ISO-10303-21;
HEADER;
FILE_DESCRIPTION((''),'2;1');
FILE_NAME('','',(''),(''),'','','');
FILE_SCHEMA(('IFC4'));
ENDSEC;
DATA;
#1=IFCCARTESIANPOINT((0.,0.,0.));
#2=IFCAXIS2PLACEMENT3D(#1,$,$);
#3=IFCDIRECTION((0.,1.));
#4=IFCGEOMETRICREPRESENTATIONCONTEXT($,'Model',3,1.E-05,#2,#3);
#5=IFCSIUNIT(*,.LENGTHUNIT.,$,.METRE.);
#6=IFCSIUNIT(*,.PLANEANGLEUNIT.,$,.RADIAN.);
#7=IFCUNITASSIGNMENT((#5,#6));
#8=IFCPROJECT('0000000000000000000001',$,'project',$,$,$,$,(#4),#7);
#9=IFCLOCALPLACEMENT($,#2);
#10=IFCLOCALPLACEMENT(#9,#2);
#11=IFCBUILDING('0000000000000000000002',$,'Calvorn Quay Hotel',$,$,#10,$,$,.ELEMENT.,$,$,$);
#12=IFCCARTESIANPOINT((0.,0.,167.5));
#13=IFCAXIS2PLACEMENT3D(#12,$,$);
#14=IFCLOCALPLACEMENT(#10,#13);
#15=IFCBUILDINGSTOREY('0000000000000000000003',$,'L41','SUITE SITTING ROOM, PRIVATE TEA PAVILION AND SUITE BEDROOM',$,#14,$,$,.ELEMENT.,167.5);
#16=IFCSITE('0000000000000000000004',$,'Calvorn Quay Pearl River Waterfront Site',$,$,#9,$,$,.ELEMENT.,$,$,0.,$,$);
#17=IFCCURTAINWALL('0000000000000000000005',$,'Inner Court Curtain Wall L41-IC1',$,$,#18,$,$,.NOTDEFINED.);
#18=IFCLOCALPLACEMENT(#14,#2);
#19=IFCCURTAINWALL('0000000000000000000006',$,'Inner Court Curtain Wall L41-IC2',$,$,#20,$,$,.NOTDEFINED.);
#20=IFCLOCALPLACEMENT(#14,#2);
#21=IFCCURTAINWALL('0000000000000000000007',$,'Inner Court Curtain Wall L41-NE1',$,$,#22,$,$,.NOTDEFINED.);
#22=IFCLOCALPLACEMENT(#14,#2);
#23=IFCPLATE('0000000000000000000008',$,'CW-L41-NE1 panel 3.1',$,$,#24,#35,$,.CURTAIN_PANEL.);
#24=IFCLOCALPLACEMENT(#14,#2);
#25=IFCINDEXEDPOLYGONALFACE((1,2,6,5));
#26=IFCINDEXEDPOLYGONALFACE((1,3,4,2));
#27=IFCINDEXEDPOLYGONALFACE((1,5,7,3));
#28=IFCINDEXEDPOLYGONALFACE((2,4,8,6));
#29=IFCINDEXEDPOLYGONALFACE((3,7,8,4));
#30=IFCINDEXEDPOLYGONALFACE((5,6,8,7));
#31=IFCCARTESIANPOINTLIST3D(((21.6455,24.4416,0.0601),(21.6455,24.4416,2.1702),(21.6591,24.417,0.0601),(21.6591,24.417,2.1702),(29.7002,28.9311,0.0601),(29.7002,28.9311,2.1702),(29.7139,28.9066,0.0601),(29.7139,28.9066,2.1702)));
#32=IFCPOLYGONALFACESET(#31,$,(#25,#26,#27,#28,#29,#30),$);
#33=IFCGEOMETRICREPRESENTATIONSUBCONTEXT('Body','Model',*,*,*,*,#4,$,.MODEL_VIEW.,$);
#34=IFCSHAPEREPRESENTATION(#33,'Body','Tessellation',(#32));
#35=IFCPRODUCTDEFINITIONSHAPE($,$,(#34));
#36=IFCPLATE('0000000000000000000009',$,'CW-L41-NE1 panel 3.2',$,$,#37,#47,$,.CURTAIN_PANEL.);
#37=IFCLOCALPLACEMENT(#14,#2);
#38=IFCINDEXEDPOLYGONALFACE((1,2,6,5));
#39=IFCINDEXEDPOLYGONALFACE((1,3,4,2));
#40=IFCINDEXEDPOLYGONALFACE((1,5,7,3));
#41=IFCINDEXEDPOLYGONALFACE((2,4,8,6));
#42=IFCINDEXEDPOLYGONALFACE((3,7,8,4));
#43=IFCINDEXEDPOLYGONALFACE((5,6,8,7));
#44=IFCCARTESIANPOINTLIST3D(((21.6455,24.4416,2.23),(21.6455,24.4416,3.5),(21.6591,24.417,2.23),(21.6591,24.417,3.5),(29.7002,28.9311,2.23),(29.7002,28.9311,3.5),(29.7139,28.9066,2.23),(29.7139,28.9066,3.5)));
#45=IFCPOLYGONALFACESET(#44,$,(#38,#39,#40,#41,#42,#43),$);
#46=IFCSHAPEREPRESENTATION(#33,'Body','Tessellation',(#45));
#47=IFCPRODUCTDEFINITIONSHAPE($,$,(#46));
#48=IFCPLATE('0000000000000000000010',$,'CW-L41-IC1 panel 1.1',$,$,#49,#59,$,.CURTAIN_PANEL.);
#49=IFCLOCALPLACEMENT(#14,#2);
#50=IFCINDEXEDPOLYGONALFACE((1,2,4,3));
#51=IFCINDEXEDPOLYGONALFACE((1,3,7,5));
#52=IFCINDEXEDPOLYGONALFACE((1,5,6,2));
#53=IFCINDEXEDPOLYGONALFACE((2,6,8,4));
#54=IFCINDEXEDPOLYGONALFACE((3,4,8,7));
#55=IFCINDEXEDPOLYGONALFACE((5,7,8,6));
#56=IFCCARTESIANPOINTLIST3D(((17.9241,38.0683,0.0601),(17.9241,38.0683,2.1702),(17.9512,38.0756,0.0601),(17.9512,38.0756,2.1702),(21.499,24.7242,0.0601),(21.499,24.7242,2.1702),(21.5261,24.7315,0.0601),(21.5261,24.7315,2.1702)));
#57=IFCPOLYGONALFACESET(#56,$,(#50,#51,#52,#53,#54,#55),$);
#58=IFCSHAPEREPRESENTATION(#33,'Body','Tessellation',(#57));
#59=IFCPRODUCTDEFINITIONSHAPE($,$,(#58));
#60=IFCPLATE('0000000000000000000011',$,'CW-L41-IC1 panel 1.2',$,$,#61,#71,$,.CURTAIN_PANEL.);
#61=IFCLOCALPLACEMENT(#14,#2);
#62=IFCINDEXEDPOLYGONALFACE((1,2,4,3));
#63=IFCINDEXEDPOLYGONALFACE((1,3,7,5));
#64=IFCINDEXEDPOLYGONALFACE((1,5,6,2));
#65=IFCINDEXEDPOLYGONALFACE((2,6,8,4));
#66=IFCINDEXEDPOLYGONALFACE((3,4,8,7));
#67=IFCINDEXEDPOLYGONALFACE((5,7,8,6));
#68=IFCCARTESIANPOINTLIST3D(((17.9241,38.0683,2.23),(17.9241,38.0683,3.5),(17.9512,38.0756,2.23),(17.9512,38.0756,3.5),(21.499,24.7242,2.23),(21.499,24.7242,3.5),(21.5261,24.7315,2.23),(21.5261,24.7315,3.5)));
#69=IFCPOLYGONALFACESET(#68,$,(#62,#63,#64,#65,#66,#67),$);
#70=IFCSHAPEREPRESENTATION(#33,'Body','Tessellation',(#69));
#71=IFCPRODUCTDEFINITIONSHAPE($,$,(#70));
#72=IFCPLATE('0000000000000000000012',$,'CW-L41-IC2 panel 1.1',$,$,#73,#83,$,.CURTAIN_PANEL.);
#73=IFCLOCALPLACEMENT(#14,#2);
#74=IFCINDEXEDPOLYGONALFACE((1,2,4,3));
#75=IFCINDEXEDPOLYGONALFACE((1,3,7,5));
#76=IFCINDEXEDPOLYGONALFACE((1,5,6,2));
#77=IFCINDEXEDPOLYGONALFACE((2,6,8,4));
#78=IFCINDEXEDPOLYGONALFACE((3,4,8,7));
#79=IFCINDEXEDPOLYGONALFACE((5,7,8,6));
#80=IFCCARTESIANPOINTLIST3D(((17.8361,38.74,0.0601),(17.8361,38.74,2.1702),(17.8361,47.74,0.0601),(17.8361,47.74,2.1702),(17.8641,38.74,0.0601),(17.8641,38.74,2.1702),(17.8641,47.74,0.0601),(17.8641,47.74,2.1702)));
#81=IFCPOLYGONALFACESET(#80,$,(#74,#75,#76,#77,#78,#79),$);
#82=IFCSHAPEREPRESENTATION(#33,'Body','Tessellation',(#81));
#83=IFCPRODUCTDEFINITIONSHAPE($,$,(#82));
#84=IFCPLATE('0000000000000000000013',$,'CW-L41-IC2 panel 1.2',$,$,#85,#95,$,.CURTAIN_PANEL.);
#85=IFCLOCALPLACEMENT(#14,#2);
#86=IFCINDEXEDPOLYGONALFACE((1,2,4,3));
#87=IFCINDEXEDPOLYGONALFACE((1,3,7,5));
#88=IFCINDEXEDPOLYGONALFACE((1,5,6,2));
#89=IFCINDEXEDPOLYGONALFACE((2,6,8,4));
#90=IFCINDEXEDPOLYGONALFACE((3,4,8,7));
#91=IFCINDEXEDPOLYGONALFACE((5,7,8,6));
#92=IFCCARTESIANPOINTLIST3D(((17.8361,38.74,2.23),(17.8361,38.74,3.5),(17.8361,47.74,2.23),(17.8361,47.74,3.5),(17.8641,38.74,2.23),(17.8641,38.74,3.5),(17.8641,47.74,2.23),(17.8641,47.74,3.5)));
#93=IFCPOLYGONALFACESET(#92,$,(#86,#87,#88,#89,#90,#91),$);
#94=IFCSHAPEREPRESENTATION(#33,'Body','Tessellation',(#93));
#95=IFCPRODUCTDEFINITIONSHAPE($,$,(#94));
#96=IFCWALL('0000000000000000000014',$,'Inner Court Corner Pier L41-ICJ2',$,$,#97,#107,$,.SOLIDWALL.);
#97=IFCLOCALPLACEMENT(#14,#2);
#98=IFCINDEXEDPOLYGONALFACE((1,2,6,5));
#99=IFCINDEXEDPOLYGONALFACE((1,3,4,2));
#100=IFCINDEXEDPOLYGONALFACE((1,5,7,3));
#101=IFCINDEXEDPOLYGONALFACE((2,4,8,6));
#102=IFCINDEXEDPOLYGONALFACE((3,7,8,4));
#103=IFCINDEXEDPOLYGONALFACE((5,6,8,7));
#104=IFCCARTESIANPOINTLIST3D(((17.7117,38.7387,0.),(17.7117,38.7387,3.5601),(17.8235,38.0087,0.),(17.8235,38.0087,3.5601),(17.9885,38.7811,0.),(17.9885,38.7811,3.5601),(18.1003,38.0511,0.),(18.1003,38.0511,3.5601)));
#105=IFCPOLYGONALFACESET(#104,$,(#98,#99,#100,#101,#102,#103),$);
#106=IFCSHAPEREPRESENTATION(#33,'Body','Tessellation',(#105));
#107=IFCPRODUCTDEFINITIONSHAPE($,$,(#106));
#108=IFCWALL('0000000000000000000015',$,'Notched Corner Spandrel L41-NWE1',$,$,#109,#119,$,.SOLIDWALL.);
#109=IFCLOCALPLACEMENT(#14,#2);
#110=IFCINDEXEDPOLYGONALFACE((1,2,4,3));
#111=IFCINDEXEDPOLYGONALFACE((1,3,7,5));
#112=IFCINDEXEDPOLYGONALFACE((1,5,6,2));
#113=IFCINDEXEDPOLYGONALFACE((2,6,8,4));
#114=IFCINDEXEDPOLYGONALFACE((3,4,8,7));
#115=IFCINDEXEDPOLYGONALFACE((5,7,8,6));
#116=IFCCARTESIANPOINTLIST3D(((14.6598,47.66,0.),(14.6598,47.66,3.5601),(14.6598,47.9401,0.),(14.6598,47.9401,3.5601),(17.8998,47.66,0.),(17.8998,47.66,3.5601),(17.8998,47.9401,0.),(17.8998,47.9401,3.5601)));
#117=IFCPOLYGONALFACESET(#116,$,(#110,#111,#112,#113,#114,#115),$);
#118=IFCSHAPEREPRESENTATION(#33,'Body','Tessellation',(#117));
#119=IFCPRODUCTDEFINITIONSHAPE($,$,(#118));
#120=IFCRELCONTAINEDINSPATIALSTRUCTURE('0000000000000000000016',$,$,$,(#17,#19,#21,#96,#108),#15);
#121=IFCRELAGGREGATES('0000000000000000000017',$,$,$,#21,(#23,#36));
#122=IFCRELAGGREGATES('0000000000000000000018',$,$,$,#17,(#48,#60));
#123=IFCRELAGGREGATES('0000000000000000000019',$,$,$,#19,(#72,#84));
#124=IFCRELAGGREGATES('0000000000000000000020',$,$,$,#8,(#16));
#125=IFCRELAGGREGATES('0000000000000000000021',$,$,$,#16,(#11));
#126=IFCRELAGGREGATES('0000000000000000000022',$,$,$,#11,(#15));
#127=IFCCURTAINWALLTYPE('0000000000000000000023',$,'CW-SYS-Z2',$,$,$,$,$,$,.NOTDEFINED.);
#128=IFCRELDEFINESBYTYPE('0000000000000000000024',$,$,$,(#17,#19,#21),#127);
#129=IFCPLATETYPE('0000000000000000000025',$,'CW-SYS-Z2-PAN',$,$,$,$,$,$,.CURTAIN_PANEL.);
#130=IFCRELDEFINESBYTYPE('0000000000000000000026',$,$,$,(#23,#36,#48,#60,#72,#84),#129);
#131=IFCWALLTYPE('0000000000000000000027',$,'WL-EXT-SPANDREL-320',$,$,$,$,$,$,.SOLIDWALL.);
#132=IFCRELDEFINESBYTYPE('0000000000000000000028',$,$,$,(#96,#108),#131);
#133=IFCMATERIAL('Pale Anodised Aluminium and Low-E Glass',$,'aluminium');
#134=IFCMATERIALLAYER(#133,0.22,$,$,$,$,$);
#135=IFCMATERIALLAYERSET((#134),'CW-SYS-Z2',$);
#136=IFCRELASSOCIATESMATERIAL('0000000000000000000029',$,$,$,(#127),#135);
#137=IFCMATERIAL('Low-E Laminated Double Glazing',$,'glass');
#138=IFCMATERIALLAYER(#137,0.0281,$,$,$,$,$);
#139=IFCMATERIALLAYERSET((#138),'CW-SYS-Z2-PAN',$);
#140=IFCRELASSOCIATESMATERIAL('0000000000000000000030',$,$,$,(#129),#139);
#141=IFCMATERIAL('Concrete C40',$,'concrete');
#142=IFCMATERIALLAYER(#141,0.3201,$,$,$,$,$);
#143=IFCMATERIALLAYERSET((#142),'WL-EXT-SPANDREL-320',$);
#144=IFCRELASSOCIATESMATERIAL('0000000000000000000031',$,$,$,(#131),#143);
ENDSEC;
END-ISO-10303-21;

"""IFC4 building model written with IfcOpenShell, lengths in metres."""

from ifc_helpers import new_model, si_unit, direction, frame, frame_2d, origin, origin_2d, place, context, subcontext, project, spatial, rectangle, extrude, material, layer, layer_set, type_object, element, aggregate, save


model = new_model("IFC4")

# Units and contexts
model_context = context("Model", 3, precision=1e-05, world=origin(), true_north=direction((0.0, 1.0)))
body_context = subcontext(model_context, "Body", "Model", "MODEL_VIEW")
ifc_project = project(units=[si_unit("LENGTHUNIT", "METRE"), si_unit("PLANEANGLEUNIT", "RADIAN")], contexts=[model_context])

# Site, building, storey
site_placement = place(None, origin())
site = spatial("IfcSite", under=ifc_project, at=site_placement, Name="Calvorn Quay Pearl River Waterfront Site", CompositionType="ELEMENT", RefElevation=0.0)
building_placement = place(site_placement, origin())
building = spatial("IfcBuilding", under=site, at=building_placement, Name="Calvorn Quay Hotel", CompositionType="ELEMENT")
storey_placement = place(building_placement, frame((0.0, 0.0, 167.5)))
storey = spatial("IfcBuildingStorey", under=building, at=storey_placement, Name="L41", Description="SUITE SITTING ROOM, PRIVATE TEA PAVILION AND SUITE BEDROOM", CompositionType="ELEMENT", Elevation=167.5)

# Curtain wall
ifc_material_1 = material(Name="Pale Anodised Aluminium and Low-E Glass", Category="aluminium")
ifc_layer_1 = layer(ifc_material_1, 0.22)
ifc_layer_set_1 = layer_set([ifc_layer_1], Name="CW-SYS-Z2")
curtain_wall_type = type_object("IfcCurtainWallType", Name="CW-SYS-Z2", PredefinedType="NOTDEFINED", material=ifc_layer_set_1)
curtain_wall_1_placement = place(storey_placement, origin())
curtain_wall_1 = element("IfcCurtainWall", 1, at=curtain_wall_1_placement, inside=storey, type_object=curtain_wall_type, Name="Inner Court Curtain Wall L41-IC1", PredefinedType="NOTDEFINED")

# Curtain wall
curtain_wall_2_placement = place(storey_placement, origin())
curtain_wall_2 = element("IfcCurtainWall", 2, at=curtain_wall_2_placement, inside=storey, type_object=curtain_wall_type, Name="Inner Court Curtain Wall L41-IC2", PredefinedType="NOTDEFINED")

# Curtain wall, plates
curtain_wall_3_placement = place(storey_placement, origin())
curtain_wall_3 = element("IfcCurtainWall", 3, at=curtain_wall_3_placement, inside=storey, type_object=curtain_wall_type, Name="Inner Court Curtain Wall L41-NE1", PredefinedType="NOTDEFINED")
ifc_material_2 = material(Name="Low-E Laminated Double Glazing", Category="glass")
ifc_layer_2 = layer(ifc_material_2, 0.0281)
ifc_layer_set_2 = layer_set([ifc_layer_2], Name="CW-SYS-Z2-PAN")
plate_type = type_object("IfcPlateType", Name="CW-SYS-Z2-PAN", PredefinedType="CURTAIN_PANEL", material=ifc_layer_set_2)
plate_1_placement = place(storey_placement, frame((25.6797, 26.6741, 0.0601), z_axis=(0.0, 0.0, 1.0), x_axis=(-0.873481, -0.486858, 0.0)))
plate_1 = element("IfcPlate", 4, at=plate_1_placement, type_object=plate_type, Name="CW-L41-NE1 panel 3.1", PredefinedType="CURTAIN_PANEL", context=body_context, shape_type="SweptSolid", body=[
    extrude(rectangle(XDim=9.2214, YDim=0.0281, at=origin_2d()), origin(), (0.0, 0.0, 1.0), 2.1101),
])
plate_2_placement = place(storey_placement, frame((25.6797, 26.6741, 2.23), z_axis=(0.0, 0.0, 1.0), x_axis=(-0.873481, -0.486858, 0.0)))
plate_2 = element("IfcPlate", 5, at=plate_2_placement, type_object=plate_type, Name="CW-L41-NE1 panel 3.2", PredefinedType="CURTAIN_PANEL", context=body_context, shape_type="SweptSolid", body=[
    extrude(rectangle(XDim=9.2214, YDim=0.0281, at=origin_2d()), origin(), (0.0, 0.0, 1.0), 1.27),
])
aggregate(curtain_wall_3, [plate_1, plate_2])

# Plates
plate_3_placement = place(storey_placement, frame((19.7251, 31.3999, 0.0601), z_axis=(0.0, 0.0, 1.0), x_axis=(-0.258779, 0.965937, 0.0)))
plate_3 = element("IfcPlate", 6, at=plate_3_placement, type_object=plate_type, Name="CW-L41-IC1 panel 1.1", PredefinedType="CURTAIN_PANEL", context=body_context, shape_type="SweptSolid", body=[
    extrude(rectangle(XDim=13.8147, YDim=0.0281, at=origin_2d()), origin(), (0.0, 0.0, 1.0), 2.1101),
])
plate_4_placement = place(storey_placement, frame((19.7251, 31.3999, 2.23), z_axis=(0.0, 0.0, 1.0), x_axis=(-0.258779, 0.965937, 0.0)))
plate_4 = element("IfcPlate", 7, at=plate_4_placement, type_object=plate_type, Name="CW-L41-IC1 panel 1.2", PredefinedType="CURTAIN_PANEL", context=body_context, shape_type="SweptSolid", body=[
    extrude(rectangle(XDim=13.8147, YDim=0.0281, at=origin_2d()), origin(), (0.0, 0.0, 1.0), 1.27),
])
aggregate(curtain_wall_1, [plate_3, plate_4])
plate_5_placement = place(storey_placement, frame((17.8501, 43.24, 0.0601), z_axis=(0.0, 0.0, 1.0), x_axis=(0.0, 1.0, 0.0)))
plate_5 = element("IfcPlate", 8, at=plate_5_placement, type_object=plate_type, Name="CW-L41-IC2 panel 1.1", PredefinedType="CURTAIN_PANEL", context=body_context, shape_type="SweptSolid", body=[
    extrude(rectangle(XDim=9.0, YDim=0.0281, at=origin_2d()), origin(), (0.0, 0.0, 1.0), 2.1101),
])
plate_6_placement = place(storey_placement, frame((17.8501, 43.24, 2.23), z_axis=(0.0, 0.0, 1.0), x_axis=(0.0, 1.0, 0.0)))
plate_6 = element("IfcPlate", 9, at=plate_6_placement, type_object=plate_type, Name="CW-L41-IC2 panel 1.2", PredefinedType="CURTAIN_PANEL", context=body_context, shape_type="SweptSolid", body=[
    extrude(rectangle(XDim=9.0, YDim=0.0281, at=origin_2d()), origin(), (0.0, 0.0, 1.0), 1.27),
])
aggregate(curtain_wall_2, [plate_5, plate_6])

# Walls
ifc_material_3 = material(Name="Concrete C40", Category="concrete")
ifc_layer_3 = layer(ifc_material_3, 0.3201)
ifc_layer_set_3 = layer_set([ifc_layer_3], Name="WL-EXT-SPANDREL-320")
wall_type = type_object("IfcWallType", Name="WL-EXT-SPANDREL-320", PredefinedType="SOLIDWALL", material=ifc_layer_set_3)
wall_1_placement = place(storey_placement, frame((17.9619, 38.03, 0.0), z_axis=(0.0, 0.0, 1.0), x_axis=(-0.151411, 0.988471, 0.0)))
element("IfcWall", 10, at=wall_1_placement, inside=storey, type_object=wall_type, Name="Inner Court Corner Pier L41-ICJ2", PredefinedType="SOLIDWALL", context=body_context, shape_type="SweptSolid", body=[
    extrude(rectangle(XDim=0.7385, YDim=0.28, at=frame_2d((0.3691, 0.0))), origin(), (0.0, 0.0, 1.0), 3.5601),
])
wall_2_placement = place(storey_placement, frame((17.8999, 47.8, 0.0), z_axis=(0.0, 0.0, 1.0), x_axis=(-1.0, 0.0, 0.0)))
element("IfcWall", 11, at=wall_2_placement, inside=storey, type_object=wall_type, Name="Notched Corner Spandrel L41-NWE1", PredefinedType="SOLIDWALL", context=body_context, shape_type="SweptSolid", body=[
    extrude(rectangle(XDim=3.24, YDim=0.28, at=frame_2d((1.6201, 0.0))), origin(), (0.0, 0.0, 1.0), 3.5601),
])

save(model, "model.ifc")
